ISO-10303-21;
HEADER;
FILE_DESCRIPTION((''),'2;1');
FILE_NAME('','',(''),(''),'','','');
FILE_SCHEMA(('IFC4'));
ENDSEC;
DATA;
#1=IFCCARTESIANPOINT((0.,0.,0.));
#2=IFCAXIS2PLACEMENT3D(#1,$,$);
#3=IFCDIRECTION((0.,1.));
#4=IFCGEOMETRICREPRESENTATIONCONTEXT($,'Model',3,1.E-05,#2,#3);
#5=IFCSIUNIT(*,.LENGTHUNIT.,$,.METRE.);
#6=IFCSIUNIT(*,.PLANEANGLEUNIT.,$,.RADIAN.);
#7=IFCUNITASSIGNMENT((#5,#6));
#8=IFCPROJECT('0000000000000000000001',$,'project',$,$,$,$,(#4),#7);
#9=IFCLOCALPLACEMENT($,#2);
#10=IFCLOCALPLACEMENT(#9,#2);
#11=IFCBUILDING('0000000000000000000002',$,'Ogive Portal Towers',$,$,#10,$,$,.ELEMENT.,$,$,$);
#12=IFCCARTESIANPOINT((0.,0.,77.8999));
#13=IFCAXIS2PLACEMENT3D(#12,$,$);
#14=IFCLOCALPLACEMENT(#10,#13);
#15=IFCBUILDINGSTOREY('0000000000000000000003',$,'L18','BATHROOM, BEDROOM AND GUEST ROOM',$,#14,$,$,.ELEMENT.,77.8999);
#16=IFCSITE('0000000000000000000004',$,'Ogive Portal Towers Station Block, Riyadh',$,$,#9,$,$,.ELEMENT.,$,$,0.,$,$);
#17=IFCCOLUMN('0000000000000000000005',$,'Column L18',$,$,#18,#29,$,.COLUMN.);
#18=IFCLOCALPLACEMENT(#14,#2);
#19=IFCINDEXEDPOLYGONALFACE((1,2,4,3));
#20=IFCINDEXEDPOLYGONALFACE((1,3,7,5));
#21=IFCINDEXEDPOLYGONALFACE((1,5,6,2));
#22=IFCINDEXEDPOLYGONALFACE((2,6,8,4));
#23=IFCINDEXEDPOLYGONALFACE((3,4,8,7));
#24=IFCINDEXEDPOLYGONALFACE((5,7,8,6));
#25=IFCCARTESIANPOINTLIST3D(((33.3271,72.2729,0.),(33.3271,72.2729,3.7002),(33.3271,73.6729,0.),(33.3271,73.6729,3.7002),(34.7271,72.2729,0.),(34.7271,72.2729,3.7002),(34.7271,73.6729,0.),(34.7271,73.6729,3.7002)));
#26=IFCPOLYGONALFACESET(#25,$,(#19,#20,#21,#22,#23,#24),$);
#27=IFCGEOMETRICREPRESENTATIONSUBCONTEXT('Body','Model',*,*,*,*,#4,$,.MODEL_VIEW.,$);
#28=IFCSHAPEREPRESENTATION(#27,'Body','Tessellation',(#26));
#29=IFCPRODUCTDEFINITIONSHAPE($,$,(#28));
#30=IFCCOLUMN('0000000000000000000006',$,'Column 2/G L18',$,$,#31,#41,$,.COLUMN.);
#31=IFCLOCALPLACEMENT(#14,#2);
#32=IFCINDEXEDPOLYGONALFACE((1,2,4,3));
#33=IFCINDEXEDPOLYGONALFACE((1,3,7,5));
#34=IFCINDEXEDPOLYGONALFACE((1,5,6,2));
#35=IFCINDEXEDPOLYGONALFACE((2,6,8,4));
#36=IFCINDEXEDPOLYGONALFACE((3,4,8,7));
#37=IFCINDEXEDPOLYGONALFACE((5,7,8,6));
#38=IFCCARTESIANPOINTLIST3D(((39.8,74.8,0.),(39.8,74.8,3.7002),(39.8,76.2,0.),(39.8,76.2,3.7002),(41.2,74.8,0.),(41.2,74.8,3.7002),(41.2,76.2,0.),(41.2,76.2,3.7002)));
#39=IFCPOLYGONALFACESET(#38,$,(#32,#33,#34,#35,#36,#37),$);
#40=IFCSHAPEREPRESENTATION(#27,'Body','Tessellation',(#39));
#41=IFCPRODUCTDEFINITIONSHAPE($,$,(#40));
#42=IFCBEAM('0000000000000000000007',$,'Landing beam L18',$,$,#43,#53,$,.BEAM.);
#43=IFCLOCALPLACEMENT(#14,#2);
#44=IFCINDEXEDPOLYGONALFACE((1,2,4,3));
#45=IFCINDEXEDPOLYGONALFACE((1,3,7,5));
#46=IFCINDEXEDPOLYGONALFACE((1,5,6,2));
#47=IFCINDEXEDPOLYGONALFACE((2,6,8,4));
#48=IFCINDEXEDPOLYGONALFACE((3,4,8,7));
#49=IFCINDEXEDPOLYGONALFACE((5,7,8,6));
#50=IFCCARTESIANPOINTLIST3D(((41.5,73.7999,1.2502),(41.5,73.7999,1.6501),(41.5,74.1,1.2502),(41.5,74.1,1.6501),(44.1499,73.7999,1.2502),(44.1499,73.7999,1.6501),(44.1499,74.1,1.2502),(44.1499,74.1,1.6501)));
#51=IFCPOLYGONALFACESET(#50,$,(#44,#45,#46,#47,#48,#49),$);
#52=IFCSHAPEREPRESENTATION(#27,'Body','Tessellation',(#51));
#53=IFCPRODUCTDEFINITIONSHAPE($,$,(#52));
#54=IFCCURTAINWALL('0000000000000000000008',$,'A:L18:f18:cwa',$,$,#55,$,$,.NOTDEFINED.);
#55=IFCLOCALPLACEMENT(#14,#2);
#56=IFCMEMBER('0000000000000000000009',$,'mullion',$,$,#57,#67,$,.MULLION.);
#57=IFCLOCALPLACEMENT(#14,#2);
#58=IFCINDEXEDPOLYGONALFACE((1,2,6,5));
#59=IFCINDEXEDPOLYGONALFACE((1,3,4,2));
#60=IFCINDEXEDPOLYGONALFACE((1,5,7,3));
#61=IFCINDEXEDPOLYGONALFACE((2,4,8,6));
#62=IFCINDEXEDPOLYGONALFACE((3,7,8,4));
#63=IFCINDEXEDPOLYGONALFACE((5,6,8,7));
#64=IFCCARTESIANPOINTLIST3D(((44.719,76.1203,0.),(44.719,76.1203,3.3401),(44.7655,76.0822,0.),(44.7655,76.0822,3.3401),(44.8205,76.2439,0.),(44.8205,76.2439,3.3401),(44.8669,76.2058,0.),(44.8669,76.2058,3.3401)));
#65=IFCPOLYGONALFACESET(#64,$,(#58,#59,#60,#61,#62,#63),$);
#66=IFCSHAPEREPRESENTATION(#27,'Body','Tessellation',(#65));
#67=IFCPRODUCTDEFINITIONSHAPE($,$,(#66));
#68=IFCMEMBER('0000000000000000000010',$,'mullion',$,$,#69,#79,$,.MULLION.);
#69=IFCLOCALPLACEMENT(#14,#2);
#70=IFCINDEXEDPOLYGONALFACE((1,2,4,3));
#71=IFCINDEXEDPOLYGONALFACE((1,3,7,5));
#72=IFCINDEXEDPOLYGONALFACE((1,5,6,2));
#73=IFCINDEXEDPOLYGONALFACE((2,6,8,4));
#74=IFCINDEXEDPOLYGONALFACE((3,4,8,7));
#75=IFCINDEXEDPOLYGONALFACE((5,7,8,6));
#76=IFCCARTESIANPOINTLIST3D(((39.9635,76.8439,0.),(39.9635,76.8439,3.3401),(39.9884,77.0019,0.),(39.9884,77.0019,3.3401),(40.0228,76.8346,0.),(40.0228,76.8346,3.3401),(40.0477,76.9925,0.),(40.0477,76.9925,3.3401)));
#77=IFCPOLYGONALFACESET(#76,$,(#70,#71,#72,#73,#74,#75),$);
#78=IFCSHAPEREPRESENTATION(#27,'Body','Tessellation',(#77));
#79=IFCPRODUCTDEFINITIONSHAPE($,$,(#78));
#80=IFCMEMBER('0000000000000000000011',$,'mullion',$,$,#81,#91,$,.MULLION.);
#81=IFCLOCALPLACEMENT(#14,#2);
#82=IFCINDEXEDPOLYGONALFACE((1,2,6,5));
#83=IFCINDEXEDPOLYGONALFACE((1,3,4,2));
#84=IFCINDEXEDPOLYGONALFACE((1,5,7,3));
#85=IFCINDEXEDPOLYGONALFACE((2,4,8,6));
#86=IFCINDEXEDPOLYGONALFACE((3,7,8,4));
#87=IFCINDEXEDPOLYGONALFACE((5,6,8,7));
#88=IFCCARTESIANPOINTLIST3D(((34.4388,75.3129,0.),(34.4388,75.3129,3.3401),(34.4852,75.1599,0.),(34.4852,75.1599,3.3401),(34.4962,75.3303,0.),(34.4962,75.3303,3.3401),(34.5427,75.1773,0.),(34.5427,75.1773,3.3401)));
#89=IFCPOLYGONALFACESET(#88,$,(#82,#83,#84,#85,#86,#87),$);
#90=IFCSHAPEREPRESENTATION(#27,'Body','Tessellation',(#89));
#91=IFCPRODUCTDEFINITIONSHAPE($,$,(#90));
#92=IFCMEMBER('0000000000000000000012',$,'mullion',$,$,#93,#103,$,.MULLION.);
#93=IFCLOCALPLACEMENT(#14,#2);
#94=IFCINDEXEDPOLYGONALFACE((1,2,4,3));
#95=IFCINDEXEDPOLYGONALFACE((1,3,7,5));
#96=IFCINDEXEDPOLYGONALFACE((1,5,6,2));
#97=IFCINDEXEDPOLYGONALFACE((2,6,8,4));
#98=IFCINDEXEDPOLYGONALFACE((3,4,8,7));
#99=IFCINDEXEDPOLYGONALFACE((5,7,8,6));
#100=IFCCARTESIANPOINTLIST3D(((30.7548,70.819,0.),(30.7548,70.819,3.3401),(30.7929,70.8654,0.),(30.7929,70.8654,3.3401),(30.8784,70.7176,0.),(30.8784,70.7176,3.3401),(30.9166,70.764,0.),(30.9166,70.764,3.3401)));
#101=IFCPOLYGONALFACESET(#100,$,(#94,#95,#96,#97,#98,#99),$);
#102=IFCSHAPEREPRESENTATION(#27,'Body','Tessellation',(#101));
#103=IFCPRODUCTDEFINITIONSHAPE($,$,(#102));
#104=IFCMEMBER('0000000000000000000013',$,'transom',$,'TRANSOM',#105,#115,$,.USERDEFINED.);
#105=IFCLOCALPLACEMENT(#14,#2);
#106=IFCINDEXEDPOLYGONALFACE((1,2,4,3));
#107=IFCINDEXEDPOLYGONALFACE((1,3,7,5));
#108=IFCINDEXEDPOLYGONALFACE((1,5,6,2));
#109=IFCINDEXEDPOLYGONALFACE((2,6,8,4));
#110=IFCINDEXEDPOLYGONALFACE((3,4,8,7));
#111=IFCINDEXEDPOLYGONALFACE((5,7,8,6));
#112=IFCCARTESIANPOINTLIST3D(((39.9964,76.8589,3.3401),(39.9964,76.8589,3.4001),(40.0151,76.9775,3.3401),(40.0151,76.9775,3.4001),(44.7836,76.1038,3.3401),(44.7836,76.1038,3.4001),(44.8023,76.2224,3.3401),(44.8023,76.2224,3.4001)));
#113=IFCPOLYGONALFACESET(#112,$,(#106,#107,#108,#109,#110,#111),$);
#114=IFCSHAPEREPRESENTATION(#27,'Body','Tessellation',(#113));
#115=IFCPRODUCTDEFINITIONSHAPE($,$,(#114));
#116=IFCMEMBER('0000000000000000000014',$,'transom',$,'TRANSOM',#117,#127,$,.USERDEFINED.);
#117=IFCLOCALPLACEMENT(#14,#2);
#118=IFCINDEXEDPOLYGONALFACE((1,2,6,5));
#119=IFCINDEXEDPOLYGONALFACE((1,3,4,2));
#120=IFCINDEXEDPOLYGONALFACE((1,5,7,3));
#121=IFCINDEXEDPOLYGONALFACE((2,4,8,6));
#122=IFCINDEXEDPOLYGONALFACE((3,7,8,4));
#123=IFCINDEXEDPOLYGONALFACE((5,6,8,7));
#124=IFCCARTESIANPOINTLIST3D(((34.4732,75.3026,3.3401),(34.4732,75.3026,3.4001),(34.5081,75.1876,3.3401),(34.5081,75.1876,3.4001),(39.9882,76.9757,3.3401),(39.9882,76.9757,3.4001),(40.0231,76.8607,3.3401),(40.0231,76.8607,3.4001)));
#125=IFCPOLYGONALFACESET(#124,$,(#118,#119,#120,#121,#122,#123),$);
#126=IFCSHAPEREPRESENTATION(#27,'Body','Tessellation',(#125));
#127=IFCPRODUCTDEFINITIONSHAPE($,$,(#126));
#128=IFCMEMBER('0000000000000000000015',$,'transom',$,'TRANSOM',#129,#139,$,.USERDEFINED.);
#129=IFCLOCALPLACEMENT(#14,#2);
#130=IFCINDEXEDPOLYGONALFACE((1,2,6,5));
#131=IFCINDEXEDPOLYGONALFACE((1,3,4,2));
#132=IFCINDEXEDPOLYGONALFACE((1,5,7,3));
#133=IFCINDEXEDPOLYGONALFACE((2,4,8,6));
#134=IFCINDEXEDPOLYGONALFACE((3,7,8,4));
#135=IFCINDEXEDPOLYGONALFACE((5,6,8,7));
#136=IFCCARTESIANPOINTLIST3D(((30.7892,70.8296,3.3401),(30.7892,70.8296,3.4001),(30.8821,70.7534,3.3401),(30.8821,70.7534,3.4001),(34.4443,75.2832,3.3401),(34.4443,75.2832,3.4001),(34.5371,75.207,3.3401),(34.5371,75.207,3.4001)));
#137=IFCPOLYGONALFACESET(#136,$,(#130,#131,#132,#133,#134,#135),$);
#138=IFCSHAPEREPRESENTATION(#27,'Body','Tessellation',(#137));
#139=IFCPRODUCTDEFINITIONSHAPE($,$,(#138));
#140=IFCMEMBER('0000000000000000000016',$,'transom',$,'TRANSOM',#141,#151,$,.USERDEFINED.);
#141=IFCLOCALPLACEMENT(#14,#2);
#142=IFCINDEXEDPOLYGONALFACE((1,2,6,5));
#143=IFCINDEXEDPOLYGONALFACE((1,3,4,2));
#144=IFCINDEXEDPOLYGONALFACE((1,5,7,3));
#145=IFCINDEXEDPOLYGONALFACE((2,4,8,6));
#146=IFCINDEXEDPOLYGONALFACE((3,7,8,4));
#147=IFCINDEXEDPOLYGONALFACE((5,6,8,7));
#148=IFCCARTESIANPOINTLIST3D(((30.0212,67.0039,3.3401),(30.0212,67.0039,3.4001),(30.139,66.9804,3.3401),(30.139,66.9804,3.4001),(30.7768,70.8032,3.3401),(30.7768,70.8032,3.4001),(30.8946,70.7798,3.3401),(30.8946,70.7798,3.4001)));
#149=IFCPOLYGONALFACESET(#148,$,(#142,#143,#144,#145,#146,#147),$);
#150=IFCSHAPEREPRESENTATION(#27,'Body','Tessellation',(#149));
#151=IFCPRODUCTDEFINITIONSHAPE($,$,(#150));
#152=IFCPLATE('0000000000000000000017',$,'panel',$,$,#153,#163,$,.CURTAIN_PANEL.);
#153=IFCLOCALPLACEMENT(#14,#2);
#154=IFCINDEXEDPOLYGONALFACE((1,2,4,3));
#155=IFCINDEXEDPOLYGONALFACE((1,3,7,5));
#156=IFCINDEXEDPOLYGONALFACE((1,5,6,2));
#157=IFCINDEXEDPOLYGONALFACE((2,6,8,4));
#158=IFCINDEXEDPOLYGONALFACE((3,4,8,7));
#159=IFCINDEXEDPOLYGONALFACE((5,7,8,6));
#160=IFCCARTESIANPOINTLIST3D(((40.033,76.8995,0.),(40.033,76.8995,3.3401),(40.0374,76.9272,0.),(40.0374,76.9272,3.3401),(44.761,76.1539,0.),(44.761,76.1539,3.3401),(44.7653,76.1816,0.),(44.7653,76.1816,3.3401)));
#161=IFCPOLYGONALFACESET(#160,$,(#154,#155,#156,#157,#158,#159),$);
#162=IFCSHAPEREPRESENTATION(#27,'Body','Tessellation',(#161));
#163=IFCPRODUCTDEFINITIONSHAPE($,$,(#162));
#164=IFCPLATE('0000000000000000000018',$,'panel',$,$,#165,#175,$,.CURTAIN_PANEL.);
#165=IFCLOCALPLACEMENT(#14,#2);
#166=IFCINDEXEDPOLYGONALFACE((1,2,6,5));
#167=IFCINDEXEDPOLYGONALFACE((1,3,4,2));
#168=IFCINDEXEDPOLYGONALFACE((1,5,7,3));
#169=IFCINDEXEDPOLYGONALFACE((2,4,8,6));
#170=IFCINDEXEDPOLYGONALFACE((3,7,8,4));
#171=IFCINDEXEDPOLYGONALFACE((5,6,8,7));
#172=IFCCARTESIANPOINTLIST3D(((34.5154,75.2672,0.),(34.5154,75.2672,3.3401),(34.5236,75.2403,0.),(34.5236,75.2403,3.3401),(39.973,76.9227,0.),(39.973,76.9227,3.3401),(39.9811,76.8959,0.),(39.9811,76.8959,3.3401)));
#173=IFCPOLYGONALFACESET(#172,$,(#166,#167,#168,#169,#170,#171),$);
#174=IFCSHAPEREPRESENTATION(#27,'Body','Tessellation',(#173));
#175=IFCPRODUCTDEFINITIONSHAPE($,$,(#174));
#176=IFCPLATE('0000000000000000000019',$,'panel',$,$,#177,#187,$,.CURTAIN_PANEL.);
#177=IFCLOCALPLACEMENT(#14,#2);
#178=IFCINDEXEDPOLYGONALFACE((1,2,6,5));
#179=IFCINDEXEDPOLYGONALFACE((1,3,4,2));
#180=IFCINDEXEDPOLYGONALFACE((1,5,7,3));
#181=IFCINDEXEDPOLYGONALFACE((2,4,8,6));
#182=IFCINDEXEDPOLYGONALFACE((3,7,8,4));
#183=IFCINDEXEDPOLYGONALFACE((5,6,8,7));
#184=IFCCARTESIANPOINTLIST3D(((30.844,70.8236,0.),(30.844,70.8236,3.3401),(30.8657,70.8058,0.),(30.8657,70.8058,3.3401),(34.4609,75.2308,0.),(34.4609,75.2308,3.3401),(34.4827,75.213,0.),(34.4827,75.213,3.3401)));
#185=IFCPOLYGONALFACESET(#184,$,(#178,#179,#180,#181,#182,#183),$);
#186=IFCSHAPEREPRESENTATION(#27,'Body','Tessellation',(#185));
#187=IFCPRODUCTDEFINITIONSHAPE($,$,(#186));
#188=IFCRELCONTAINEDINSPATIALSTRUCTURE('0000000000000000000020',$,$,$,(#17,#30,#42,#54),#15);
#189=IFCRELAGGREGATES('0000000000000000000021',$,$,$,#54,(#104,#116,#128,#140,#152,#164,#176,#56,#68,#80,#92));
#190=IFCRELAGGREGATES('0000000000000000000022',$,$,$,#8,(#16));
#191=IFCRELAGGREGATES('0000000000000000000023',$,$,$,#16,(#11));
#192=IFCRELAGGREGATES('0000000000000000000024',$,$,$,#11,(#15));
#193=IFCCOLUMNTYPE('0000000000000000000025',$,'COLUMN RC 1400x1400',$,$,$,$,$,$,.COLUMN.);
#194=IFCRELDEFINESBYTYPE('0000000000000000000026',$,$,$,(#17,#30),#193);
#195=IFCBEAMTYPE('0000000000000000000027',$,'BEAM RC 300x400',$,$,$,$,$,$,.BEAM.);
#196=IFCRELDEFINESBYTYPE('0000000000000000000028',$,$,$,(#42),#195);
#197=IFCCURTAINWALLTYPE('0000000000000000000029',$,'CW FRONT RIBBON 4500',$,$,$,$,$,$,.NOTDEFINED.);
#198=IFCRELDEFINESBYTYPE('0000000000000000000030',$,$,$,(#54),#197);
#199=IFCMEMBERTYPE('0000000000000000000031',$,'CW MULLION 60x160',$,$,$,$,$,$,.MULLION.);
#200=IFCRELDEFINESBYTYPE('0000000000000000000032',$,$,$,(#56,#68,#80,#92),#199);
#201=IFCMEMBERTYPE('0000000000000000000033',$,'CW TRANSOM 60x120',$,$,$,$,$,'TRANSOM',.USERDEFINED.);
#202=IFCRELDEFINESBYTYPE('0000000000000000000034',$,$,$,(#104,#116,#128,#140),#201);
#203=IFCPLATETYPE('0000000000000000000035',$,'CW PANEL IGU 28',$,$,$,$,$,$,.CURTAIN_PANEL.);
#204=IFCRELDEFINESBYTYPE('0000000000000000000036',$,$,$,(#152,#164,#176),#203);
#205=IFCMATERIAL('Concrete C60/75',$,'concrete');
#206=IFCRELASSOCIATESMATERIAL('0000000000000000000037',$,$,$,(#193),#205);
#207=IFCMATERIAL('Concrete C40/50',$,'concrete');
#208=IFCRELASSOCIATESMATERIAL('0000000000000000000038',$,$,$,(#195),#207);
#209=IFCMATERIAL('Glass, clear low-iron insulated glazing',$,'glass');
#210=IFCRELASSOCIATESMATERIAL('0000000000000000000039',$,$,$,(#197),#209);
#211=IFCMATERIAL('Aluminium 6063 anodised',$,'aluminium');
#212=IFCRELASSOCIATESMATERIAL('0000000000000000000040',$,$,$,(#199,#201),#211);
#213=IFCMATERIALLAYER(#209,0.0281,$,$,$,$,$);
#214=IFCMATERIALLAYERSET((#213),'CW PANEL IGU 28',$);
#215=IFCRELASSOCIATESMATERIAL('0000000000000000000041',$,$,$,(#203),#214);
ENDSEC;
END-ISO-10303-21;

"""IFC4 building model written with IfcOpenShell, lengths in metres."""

from ifc_helpers import new_model, si_unit, direction, frame, origin, origin_2d, place, context, subcontext, project, spatial, rectangle, extrude, material, layer, layer_set, material_profile, profile_set, type_object, element, aggregate, save


model = new_model("IFC4")

# Units and contexts
model_context = context("Model", 3, precision=1e-05, world=origin(), true_north=direction((0.0, 1.0)))
body_context = subcontext(model_context, "Body", "Model", "MODEL_VIEW")
ifc_project = project(units=[si_unit("LENGTHUNIT", "METRE"), si_unit("PLANEANGLEUNIT", "RADIAN")], contexts=[model_context])

# Site, building, storey
site_placement = place(None, origin())
site = spatial("IfcSite", under=ifc_project, at=site_placement, Name="Ogive Portal Towers Station Block, Riyadh", CompositionType="ELEMENT", RefElevation=0.0)
building_placement = place(site_placement, origin())
building = spatial("IfcBuilding", under=site, at=building_placement, Name="Ogive Portal Towers", CompositionType="ELEMENT")
storey_placement = place(building_placement, frame((0.0, 0.0, 77.8999)))
storey = spatial("IfcBuildingStorey", under=building, at=storey_placement, Name="L18", Description="BATHROOM, BEDROOM AND GUEST ROOM", CompositionType="ELEMENT", Elevation=77.8999)

# Columns
ifc_material_1 = material(Name="Concrete C60/75", Category="concrete")
ifc_material_profile_1 = material_profile(ifc_material_1, rectangle(XDim=1.3999, YDim=1.3999, at=origin_2d()), Name="RC 1400x1400")
ifc_profile_set_1 = profile_set([ifc_material_profile_1], Name="Concrete C60/75")
column_type = type_object("IfcColumnType", Name="COLUMN RC 1400x1400", PredefinedType="COLUMN", material=ifc_profile_set_1)
for number, where, z_axis, x_axis, name in (
    (1, (34.0271, 72.9729, 0.0), (0.0, 0.0, 1.0), (1.0, 0.0, 0.0), "Column L18"),
    (2, (40.5, 75.5, 0.0), (0.0, 0.0, 1.0), (1.0, 0.0, 0.0), "Column 2/G L18"),
):
    element("IfcColumn", number, at=place(storey_placement, frame(where, z_axis=z_axis, x_axis=x_axis)), inside=storey, type_object=column_type, Name=name, PredefinedType="COLUMN", context=body_context, shape_type="SweptSolid", body=[
        extrude(rectangle(XDim=1.3999, YDim=1.3999, at=origin_2d()), origin(), (0.0, 0.0, 1.0), 3.7002),
    ])

# Beam
ifc_material_2 = material(Name="Concrete C40/50", Category="concrete")
ifc_material_profile_2 = material_profile(ifc_material_2, rectangle(XDim=0.3, YDim=0.3999, at=origin_2d()), Name="RC 300x400")
ifc_profile_set_2 = profile_set([ifc_material_profile_2], Name="Concrete C40/50")
beam_type = type_object("IfcBeamType", Name="BEAM RC 300x400", PredefinedType="BEAM", material=ifc_profile_set_2)
beam_placement = place(storey_placement, frame((41.5, 73.95, 1.4502), z_axis=(1.0, 0.0, 0.0), x_axis=(0.0, 1.0, 0.0)))
element("IfcBeam", 3, at=beam_placement, inside=storey, type_object=beam_type, Name="Landing beam L18", PredefinedType="BEAM", context=body_context, shape_type="SweptSolid", body=[
    extrude(rectangle(XDim=0.3, YDim=0.3999, at=origin_2d()), origin(), (0.0, 0.0, 1.0), 2.6499),
])

# Curtain wall, members, plates
ifc_material_3 = material(Name="Glass, clear low-iron insulated glazing", Category="glass")
curtain_wall_type = type_object("IfcCurtainWallType", Name="CW FRONT RIBBON 4500", PredefinedType="NOTDEFINED", material=ifc_material_3)
curtain_wall_placement = place(storey_placement, origin())
curtain_wall = element("IfcCurtainWall", 4, at=curtain_wall_placement, inside=storey, type_object=curtain_wall_type, Name="A:L18:f18:cwa", PredefinedType="NOTDEFINED")
ifc_material_4 = material(Name="Aluminium 6063 anodised", Category="aluminium")
ifc_material_profile_3 = material_profile(ifc_material_4, rectangle(XDim=0.1599, YDim=0.0601, at=origin_2d()), Name="AL 60x160")
ifc_profile_set_3 = profile_set([ifc_material_profile_3], Name="Aluminium 6063 anodised")
member_type_1 = type_object("IfcMemberType", Name="CW MULLION 60x160", PredefinedType="MULLION", material=ifc_profile_set_3)
member_1_placement = place(storey_placement, frame((44.793, 76.1631, 0.0), z_axis=(0.0, 0.0, 1.0), x_axis=(-0.634393, -0.77301, 0.0)))
member_1 = element("IfcMember", 5, at=member_1_placement, type_object=member_type_1, Name="mullion", PredefinedType="MULLION", context=body_context, shape_type="SweptSolid", body=[
    extrude(rectangle(XDim=0.1599, YDim=0.0601, at=origin_2d()), origin(), (0.0, 0.0, 1.0), 3.3401),
])
member_2_placement = place(storey_placement, frame((40.0056, 76.9182, 0.0), z_axis=(0.0, 0.0, 1.0), x_axis=(-0.155777, -0.987792, 0.0)))
member_2 = element("IfcMember", 6, at=member_2_placement, type_object=member_type_1, Name="mullion", PredefinedType="MULLION", context=body_context, shape_type="SweptSolid", body=[
    extrude(rectangle(XDim=0.1599, YDim=0.0601, at=origin_2d()), origin(), (0.0, 0.0, 1.0), 3.3401),
])
member_3_placement = place(storey_placement, frame((34.4907, 75.2451, 0.0), z_axis=(0.0, 0.0, 1.0), x_axis=(0.290285, -0.95694, 0.0)))
member_3 = element("IfcMember", 7, at=member_3_placement, type_object=member_type_1, Name="mullion", PredefinedType="MULLION", context=body_context, shape_type="SweptSolid", body=[
    extrude(rectangle(XDim=0.1599, YDim=0.0601, at=origin_2d()), origin(), (0.0, 0.0, 1.0), 3.3401),
])
member_4_placement = place(storey_placement, frame((30.8357, 70.7915, 0.0), z_axis=(0.0, 0.0, 1.0), x_axis=(0.77301, -0.634393, 0.0)))
member_4 = element("IfcMember", 8, at=member_4_placement, type_object=member_type_1, Name="mullion", PredefinedType="MULLION", context=body_context, shape_type="SweptSolid", body=[
    extrude(rectangle(XDim=0.1599, YDim=0.0601, at=origin_2d()), origin(), (0.0, 0.0, 1.0), 3.3401),
])
ifc_material_profile_4 = material_profile(ifc_material_4, rectangle(XDim=0.1201, YDim=0.0601, at=origin_2d()), Name="AL 120x60")
ifc_profile_set_4 = profile_set([ifc_material_profile_4], Name="Aluminium 6063 anodised")
member_type_2 = type_object("IfcMemberType", Name="CW TRANSOM 60x120", ElementType="TRANSOM", PredefinedType="USERDEFINED", material=ifc_profile_set_4)
member_5_placement = place(storey_placement, frame((44.793, 76.1631, 3.3701), z_axis=(-0.987787, 0.155807, 0.0), x_axis=(-0.155807, -0.987787, 0.0)))
member_5 = element("IfcMember", 9, at=member_5_placement, type_object=member_type_2, Name="transom", ObjectType="TRANSOM", PredefinedType="USERDEFINED", context=body_context, shape_type="SweptSolid", body=[
    extrude(rectangle(XDim=0.1201, YDim=0.0601, at=origin_2d()), origin(), (0.0, 0.0, 1.0), 4.8464),
])
member_6_placement = place(storey_placement, frame((40.0056, 76.9182, 3.3701), z_axis=(-0.956932, -0.290312, 0.0), x_axis=(0.290312, -0.956932, 0.0)))
member_6 = element("IfcMember", 10, at=member_6_placement, type_object=member_type_2, Name="transom", ObjectType="TRANSOM", PredefinedType="USERDEFINED", context=body_context, shape_type="SweptSolid", body=[
    extrude(rectangle(XDim=0.1201, YDim=0.0601, at=origin_2d()), origin(), (0.0, 0.0, 1.0), 5.7632),
])
member_7_placement = place(storey_placement, frame((34.4907, 75.2451, 3.3701), z_axis=(-0.634398, -0.773007, 0.0), x_axis=(0.773007, -0.634398, 0.0)))
member_7 = element("IfcMember", 11, at=member_7_placement, type_object=member_type_2, Name="transom", ObjectType="TRANSOM", PredefinedType="USERDEFINED", context=body_context, shape_type="SweptSolid", body=[
    extrude(rectangle(XDim=0.1201, YDim=0.0601, at=origin_2d()), origin(), (0.0, 0.0, 1.0), 5.7615),
])
member_8_placement = place(storey_placement, frame((30.8357, 70.7915, 3.3701), z_axis=(-0.195062, -0.980791, 0.0), x_axis=(0.980791, -0.195062, 0.0)))
member_8 = element("IfcMember", 12, at=member_8_placement, type_object=member_type_2, Name="transom", ObjectType="TRANSOM", PredefinedType="USERDEFINED", context=body_context, shape_type="SweptSolid", body=[
    extrude(rectangle(XDim=0.1201, YDim=0.0601, at=origin_2d()), origin(), (0.0, 0.0, 1.0), 3.8738),
])
ifc_layer_1 = layer(ifc_material_3, 0.0281)
ifc_layer_set_1 = layer_set([ifc_layer_1], Name="CW PANEL IGU 28")
plate_type = type_object("IfcPlateType", Name="CW PANEL IGU 28", PredefinedType="CURTAIN_PANEL", material=ifc_layer_set_1)
plate_1_placement = place(storey_placement, frame((42.3992, 76.5405, 0.0), z_axis=(0.0, 0.0, 1.0), x_axis=(-0.987792, 0.155777, 0.0)))
plate_1 = element("IfcPlate", 13, at=plate_1_placement, type_object=plate_type, Name="panel", PredefinedType="CURTAIN_PANEL", context=body_context, shape_type="SweptSolid", body=[
    extrude(rectangle(XDim=4.7864, YDim=0.0281, at=origin_2d()), origin(), (0.0, 0.0, 1.0), 3.3401),
])
plate_2_placement = place(storey_placement, frame((37.2483, 76.0815, 0.0), z_axis=(0.0, 0.0, 1.0), x_axis=(-0.95694, -0.290285, 0.0)))
plate_2 = element("IfcPlate", 14, at=plate_2_placement, type_object=plate_type, Name="panel", PredefinedType="CURTAIN_PANEL", context=body_context, shape_type="SweptSolid", body=[
    extrude(rectangle(XDim=5.7031, YDim=0.0281, at=origin_2d()), origin(), (0.0, 0.0, 1.0), 3.3401),
])
plate_3_placement = place(storey_placement, frame((32.6633, 73.0183, 0.0), z_axis=(0.0, 0.0, 1.0), x_axis=(-0.634393, -0.77301, 0.0)))
plate_3 = element("IfcPlate", 15, at=plate_3_placement, type_object=plate_type, Name="panel", PredefinedType="CURTAIN_PANEL", context=body_context, shape_type="SweptSolid", body=[
    extrude(rectangle(XDim=5.7014, YDim=0.0281, at=origin_2d()), origin(), (0.0, 0.0, 1.0), 3.3401),
])
aggregate(curtain_wall, [member_5, member_6, member_7, member_8, plate_1, plate_2, plate_3, member_1, member_2, member_3, member_4])

save(model, "model.ifc")
